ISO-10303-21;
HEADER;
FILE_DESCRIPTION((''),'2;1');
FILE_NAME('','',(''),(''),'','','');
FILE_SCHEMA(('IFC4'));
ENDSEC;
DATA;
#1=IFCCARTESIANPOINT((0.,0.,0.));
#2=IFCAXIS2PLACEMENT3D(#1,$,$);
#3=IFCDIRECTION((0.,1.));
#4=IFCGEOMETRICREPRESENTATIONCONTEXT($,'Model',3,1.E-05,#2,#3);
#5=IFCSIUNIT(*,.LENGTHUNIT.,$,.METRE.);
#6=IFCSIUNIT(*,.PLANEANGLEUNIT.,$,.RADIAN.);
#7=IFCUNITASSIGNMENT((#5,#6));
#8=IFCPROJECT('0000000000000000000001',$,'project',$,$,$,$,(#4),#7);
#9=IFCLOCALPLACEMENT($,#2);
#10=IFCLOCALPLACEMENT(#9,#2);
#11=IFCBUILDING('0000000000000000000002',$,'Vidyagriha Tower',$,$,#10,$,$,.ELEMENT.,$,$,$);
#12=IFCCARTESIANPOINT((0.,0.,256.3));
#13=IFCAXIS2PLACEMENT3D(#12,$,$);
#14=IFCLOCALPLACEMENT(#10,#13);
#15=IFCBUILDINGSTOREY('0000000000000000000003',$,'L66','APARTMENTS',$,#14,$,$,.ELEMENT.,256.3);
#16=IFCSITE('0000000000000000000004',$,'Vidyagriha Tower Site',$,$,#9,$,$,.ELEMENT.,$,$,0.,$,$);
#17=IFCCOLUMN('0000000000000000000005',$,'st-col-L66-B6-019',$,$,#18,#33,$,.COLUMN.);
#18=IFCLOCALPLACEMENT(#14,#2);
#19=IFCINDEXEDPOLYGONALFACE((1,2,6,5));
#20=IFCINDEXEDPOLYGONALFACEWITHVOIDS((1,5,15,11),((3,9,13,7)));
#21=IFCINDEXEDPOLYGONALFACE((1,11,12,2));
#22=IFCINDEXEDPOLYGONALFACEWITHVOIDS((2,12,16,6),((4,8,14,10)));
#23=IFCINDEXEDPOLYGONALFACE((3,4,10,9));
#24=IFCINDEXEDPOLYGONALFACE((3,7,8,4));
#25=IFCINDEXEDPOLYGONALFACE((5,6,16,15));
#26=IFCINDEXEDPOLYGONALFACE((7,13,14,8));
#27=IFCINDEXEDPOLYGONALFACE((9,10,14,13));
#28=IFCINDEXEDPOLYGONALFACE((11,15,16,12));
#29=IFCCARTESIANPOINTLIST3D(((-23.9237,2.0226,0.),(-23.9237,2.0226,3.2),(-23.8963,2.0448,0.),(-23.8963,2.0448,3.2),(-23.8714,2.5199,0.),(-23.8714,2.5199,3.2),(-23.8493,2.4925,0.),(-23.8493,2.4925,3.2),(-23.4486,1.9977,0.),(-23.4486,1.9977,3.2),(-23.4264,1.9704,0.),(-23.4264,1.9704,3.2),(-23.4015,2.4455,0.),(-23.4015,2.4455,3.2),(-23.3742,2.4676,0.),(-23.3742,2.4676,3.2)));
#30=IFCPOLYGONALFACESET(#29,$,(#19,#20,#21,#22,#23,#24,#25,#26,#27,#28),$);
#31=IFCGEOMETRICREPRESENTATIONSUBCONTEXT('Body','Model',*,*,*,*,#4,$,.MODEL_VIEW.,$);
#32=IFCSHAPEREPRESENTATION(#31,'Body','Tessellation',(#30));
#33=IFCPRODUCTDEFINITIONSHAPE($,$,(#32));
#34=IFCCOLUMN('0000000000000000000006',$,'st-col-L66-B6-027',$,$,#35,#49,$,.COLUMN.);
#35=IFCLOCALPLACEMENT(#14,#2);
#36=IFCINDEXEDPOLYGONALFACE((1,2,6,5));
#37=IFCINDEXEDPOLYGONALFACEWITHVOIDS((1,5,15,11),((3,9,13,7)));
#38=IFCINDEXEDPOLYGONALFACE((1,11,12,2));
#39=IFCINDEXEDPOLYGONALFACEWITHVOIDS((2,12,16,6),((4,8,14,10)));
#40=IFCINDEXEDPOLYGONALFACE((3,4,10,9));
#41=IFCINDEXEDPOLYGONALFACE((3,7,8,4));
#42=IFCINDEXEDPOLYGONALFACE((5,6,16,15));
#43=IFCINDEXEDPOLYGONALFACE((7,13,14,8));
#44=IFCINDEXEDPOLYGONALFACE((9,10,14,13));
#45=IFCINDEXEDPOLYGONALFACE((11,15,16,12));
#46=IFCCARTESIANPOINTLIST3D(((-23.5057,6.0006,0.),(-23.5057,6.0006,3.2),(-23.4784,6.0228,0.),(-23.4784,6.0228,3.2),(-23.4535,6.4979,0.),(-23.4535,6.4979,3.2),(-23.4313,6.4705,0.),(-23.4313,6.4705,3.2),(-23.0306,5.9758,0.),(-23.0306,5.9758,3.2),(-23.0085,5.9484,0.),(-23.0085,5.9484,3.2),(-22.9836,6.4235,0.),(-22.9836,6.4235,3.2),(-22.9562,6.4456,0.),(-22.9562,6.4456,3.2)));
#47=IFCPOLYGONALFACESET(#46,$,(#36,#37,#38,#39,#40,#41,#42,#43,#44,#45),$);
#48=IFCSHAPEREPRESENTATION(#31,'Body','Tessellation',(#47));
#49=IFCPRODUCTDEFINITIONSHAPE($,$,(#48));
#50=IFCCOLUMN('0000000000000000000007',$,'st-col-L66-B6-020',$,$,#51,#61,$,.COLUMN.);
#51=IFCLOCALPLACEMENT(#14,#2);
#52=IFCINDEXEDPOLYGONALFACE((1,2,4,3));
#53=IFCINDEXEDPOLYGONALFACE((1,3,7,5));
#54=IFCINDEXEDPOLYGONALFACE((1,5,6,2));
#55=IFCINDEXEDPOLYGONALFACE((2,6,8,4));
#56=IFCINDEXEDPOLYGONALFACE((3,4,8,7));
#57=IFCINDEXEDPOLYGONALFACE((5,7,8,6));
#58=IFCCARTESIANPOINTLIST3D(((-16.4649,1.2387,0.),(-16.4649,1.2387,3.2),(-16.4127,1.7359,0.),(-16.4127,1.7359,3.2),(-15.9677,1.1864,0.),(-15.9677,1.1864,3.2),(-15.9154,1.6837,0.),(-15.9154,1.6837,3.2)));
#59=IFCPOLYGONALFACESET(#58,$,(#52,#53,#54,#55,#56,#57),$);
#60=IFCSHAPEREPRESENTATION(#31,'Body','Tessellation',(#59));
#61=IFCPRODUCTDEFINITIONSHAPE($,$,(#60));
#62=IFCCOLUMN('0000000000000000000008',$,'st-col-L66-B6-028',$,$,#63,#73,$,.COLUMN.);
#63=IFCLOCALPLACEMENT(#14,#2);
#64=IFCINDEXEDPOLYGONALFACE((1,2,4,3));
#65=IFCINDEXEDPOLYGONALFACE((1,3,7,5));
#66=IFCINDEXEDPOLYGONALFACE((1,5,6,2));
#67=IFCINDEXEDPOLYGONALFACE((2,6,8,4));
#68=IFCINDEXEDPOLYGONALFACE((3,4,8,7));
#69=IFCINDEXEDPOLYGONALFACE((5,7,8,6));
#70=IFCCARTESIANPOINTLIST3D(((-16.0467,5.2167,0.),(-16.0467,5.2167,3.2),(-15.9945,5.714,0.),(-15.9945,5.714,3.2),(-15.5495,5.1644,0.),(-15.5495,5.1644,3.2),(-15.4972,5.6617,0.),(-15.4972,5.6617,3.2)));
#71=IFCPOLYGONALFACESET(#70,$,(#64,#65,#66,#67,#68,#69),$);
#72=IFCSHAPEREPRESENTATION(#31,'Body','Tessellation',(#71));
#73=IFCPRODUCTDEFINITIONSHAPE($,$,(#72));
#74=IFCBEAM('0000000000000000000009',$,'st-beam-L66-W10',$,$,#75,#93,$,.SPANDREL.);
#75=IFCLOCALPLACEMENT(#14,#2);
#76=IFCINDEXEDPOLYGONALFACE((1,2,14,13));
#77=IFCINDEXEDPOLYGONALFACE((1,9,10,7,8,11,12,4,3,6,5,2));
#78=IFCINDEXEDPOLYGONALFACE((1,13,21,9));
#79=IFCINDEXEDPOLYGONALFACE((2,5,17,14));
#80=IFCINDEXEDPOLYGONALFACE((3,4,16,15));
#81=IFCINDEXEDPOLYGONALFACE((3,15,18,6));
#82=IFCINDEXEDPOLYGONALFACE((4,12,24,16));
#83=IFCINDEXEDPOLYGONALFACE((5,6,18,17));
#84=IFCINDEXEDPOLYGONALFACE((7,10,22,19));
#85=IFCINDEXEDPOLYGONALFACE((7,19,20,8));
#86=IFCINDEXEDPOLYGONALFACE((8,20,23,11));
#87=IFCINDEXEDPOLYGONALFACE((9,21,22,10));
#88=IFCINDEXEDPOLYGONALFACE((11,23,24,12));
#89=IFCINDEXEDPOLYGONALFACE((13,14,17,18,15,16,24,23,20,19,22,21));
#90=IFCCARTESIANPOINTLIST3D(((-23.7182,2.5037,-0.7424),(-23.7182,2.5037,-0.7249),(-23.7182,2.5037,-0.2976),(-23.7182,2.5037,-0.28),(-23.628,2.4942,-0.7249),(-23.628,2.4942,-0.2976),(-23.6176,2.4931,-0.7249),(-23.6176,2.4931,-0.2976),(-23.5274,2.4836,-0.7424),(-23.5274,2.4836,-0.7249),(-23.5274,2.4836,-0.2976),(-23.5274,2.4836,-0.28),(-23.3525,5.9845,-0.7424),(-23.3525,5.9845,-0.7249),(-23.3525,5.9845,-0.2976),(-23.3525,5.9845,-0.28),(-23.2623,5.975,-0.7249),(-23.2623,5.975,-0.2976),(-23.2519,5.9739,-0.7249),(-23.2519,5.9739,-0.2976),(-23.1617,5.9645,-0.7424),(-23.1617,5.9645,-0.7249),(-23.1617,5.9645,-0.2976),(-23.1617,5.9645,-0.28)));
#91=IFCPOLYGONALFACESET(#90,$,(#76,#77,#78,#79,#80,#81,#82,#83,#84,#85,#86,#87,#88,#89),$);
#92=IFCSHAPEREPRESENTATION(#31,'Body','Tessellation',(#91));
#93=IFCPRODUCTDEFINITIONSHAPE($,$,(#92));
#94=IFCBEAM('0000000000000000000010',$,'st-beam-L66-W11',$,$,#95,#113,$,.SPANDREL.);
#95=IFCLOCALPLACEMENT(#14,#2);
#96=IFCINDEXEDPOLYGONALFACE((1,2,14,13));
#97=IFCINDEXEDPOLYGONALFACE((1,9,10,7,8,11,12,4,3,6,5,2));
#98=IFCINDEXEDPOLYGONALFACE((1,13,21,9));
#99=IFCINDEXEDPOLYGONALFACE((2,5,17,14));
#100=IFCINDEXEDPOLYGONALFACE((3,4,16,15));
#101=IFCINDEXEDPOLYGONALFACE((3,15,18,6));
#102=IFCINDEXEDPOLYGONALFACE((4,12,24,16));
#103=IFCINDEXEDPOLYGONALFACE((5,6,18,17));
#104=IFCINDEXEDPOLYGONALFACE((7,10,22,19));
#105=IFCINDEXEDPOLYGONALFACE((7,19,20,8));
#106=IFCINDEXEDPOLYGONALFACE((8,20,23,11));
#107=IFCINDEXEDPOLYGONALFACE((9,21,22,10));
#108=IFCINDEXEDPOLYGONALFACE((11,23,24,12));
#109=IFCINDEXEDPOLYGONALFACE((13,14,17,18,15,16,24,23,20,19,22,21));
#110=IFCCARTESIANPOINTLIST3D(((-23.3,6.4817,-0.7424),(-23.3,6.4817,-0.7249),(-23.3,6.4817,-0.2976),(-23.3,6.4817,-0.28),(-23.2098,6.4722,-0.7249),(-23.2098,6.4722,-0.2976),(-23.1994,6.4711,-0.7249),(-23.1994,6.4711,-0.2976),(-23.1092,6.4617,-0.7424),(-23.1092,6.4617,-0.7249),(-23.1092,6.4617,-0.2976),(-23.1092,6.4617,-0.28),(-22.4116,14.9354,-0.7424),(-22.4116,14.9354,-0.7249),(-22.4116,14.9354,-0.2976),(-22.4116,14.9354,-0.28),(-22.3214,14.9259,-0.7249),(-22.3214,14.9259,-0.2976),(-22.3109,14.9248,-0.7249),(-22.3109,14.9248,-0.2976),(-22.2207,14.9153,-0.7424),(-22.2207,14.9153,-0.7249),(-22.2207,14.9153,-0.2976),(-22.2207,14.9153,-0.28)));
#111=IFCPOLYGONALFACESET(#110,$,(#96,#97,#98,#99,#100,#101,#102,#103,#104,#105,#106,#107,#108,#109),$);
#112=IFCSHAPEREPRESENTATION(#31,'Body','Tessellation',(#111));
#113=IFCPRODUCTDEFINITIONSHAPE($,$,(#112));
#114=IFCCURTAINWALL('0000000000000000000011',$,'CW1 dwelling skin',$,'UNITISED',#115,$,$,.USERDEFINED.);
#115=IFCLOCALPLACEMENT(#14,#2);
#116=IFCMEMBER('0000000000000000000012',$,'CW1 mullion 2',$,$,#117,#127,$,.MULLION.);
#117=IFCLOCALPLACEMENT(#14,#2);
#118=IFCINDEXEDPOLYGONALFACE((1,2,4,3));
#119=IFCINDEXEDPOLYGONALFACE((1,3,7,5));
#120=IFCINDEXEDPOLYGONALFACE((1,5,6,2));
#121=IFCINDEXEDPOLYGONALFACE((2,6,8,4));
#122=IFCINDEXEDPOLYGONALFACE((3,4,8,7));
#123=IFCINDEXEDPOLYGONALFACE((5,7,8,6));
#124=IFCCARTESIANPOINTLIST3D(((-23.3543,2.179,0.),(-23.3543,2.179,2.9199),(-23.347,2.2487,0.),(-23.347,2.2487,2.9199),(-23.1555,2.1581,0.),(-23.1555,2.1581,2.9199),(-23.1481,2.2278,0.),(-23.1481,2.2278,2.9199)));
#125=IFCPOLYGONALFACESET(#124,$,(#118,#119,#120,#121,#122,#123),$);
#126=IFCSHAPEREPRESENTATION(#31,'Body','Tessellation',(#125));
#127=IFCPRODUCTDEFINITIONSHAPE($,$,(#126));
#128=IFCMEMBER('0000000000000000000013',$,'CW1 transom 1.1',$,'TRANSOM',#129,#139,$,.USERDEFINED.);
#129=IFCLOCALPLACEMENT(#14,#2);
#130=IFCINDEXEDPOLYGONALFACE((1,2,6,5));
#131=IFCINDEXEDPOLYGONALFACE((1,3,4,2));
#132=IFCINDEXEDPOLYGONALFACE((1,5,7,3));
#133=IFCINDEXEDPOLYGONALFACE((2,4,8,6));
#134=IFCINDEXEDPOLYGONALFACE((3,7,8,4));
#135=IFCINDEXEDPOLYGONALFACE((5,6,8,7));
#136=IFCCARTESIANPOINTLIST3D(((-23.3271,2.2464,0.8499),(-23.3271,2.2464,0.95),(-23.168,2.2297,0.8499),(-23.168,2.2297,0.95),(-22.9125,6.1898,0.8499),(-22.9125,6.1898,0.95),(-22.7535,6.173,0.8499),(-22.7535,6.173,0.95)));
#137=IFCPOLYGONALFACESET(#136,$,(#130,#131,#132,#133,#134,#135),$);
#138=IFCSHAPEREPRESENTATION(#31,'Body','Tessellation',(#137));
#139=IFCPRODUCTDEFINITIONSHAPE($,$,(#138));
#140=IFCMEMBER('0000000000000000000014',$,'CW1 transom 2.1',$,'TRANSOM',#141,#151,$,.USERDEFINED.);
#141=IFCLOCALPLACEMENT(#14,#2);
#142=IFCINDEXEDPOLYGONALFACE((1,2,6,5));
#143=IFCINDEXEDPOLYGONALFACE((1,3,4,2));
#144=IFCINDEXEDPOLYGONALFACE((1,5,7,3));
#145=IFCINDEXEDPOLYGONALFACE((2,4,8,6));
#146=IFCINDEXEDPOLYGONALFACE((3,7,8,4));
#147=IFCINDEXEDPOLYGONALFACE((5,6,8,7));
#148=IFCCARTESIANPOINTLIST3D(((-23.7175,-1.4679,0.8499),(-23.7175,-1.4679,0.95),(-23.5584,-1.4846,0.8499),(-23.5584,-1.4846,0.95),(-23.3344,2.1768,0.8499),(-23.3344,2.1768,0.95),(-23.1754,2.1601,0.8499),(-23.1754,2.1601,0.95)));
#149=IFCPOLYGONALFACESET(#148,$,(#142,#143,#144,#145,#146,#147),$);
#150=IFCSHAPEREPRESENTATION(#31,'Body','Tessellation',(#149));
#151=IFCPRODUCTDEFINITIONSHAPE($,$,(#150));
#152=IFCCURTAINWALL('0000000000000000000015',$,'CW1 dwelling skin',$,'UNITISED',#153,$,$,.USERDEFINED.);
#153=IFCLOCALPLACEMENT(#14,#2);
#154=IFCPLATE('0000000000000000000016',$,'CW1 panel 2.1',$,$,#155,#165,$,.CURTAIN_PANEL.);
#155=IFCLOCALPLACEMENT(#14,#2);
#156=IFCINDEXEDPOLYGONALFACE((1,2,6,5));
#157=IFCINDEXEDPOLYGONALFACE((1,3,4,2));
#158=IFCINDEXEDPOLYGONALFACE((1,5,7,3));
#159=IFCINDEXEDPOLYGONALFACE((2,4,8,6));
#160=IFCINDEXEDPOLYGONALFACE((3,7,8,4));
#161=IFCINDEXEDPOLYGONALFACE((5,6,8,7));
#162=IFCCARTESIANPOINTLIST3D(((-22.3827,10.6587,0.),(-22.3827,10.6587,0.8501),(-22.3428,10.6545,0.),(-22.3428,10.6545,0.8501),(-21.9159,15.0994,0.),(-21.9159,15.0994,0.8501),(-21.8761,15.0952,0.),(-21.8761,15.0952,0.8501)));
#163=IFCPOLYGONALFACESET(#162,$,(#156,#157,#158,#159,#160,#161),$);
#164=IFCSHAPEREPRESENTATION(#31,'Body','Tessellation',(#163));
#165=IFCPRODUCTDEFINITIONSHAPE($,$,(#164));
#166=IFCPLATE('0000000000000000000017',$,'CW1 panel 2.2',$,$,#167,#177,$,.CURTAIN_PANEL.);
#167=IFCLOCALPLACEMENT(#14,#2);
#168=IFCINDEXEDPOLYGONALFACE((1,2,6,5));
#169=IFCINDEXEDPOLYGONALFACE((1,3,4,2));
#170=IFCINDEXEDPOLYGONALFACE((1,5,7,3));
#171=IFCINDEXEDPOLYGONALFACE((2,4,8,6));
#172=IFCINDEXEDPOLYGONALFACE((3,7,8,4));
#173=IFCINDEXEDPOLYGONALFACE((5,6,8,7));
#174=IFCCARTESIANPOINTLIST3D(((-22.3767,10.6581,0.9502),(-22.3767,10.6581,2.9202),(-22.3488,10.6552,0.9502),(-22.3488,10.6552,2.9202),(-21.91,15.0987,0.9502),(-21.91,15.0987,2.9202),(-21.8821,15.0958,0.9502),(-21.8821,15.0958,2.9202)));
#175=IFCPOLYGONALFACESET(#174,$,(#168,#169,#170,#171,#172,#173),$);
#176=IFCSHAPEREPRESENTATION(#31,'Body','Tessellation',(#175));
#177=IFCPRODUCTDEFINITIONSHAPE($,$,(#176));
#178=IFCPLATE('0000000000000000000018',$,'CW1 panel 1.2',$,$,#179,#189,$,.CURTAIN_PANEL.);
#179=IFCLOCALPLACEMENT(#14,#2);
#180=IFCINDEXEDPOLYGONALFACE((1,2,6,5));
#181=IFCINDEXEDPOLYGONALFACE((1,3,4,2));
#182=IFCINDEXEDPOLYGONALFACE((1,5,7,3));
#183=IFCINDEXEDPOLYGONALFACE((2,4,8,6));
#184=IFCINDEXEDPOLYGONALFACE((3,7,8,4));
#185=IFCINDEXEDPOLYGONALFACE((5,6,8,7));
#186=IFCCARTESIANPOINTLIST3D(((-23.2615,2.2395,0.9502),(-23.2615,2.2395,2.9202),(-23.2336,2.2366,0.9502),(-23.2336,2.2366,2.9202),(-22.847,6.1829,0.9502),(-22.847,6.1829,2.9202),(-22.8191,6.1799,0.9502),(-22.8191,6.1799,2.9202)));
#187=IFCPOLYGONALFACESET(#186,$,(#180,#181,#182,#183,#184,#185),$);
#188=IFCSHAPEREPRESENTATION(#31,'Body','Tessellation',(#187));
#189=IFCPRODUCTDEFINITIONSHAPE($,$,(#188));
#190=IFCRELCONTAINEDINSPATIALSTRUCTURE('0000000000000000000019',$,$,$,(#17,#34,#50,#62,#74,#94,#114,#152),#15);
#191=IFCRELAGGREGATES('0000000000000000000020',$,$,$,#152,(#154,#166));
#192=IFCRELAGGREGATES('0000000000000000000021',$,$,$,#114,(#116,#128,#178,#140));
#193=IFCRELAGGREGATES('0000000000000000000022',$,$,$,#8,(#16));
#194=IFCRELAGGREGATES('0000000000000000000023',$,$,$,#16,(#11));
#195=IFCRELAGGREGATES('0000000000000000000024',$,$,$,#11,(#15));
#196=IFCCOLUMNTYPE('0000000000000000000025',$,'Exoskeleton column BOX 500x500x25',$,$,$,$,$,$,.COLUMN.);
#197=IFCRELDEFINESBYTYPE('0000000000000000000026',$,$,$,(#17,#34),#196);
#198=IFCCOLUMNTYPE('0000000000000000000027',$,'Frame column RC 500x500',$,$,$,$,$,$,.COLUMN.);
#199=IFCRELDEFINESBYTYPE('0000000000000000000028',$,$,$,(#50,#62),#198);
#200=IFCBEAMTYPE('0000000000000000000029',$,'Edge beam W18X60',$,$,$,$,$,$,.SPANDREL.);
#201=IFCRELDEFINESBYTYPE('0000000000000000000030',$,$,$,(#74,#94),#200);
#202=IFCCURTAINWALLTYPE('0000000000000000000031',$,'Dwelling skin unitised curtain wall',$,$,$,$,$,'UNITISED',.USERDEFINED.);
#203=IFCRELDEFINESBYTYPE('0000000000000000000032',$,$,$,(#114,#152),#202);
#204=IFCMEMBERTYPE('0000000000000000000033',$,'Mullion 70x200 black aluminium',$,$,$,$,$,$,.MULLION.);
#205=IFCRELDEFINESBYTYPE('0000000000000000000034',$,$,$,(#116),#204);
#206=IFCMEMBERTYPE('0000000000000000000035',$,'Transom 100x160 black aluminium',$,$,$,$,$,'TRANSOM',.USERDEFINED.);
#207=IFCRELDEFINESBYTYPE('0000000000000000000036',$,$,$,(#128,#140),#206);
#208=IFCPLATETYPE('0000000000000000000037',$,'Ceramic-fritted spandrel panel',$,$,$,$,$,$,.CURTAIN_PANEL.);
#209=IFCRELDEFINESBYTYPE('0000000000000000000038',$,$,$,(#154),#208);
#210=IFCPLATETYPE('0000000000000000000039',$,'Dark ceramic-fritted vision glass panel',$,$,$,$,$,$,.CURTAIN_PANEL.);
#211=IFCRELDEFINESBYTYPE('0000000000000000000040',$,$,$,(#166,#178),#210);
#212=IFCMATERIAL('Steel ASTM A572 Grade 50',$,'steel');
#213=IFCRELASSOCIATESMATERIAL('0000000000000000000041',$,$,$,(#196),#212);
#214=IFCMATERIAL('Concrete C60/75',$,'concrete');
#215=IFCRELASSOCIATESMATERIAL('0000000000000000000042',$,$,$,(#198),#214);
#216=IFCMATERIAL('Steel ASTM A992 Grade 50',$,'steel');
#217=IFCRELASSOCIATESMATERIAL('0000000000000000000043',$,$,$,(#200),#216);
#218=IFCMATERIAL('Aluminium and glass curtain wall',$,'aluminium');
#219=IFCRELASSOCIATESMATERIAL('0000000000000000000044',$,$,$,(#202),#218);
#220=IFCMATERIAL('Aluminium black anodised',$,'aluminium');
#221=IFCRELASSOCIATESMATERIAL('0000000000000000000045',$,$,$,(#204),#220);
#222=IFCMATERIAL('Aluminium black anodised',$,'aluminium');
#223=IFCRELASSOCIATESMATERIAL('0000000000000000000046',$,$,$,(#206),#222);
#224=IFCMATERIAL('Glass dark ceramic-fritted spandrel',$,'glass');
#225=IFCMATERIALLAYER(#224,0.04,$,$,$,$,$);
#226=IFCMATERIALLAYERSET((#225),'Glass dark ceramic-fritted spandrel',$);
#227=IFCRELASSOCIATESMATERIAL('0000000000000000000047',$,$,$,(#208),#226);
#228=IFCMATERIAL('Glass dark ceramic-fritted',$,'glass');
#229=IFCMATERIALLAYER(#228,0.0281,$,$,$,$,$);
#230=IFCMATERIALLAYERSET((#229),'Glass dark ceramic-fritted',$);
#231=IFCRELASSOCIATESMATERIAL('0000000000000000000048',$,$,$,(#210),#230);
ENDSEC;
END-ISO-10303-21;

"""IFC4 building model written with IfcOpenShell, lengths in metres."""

from ifc_helpers import new_model, si_unit, direction, frame, origin, origin_2d, place, context, subcontext, project, spatial, rectangle, hollow_rectangle, i_section, extrude, material, layer, layer_set, material_profile, profile_set, type_object, element, aggregate, save


model = new_model("IFC4")

# Units and contexts
model_context = context("Model", 3, precision=1e-05, world=origin(), true_north=direction((0.0, 1.0)))
body_context = subcontext(model_context, "Body", "Model", "MODEL_VIEW")
ifc_project = project(units=[si_unit("LENGTHUNIT", "METRE"), si_unit("PLANEANGLEUNIT", "RADIAN")], contexts=[model_context])

# Site, building, storey
site_placement = place(None, origin())
site = spatial("IfcSite", under=ifc_project, at=site_placement, Name="Vidyagriha Tower Site", CompositionType="ELEMENT", RefElevation=0.0)
building_placement = place(site_placement, origin())
building = spatial("IfcBuilding", under=site, at=building_placement, Name="Vidyagriha Tower", CompositionType="ELEMENT")
storey_placement = place(building_placement, frame((0.0, 0.0, 256.3)))
storey = spatial("IfcBuildingStorey", under=building, at=storey_placement, Name="L66", Description="APARTMENTS", CompositionType="ELEMENT", Elevation=256.3)

# Columns
ifc_material_1 = material(Name="Steel ASTM A572 Grade 50", Category="steel")
ifc_material_profile_1 = material_profile(ifc_material_1, hollow_rectangle(XDim=0.5, YDim=0.5, WallThickness=0.0249, at=origin_2d()), Name="BOX 500x500x25")
ifc_profile_set_1 = profile_set([ifc_material_profile_1], Name="Steel ASTM A572 Grade 50")
column_type_1 = type_object("IfcColumnType", Name="Exoskeleton column BOX 500x500x25", PredefinedType="COLUMN", material=ifc_profile_set_1)
for number, where, z_axis, x_axis, name in (
    (1, (-23.6489, 2.2451, 0.0), (0.0, 0.0, 1.0), (0.994522, -0.104528, 0.0), "st-col-L66-B6-019"),
    (2, (-23.231, 6.2231, 0.0), (0.0, 0.0, 1.0), (0.994522, -0.104528, 0.0), "st-col-L66-B6-027"),
):
    element("IfcColumn", number, at=place(storey_placement, frame(where, z_axis=z_axis, x_axis=x_axis)), inside=storey, type_object=column_type_1, Name=name, PredefinedType="COLUMN", context=body_context, shape_type="SweptSolid", body=[
        extrude(hollow_rectangle(XDim=0.5, YDim=0.5, WallThickness=0.0249, at=origin_2d()), origin(), (0.0, 0.0, 1.0), 3.2),
    ])
ifc_material_2 = material(Name="Concrete C60/75", Category="concrete")
ifc_material_profile_2 = material_profile(ifc_material_2, rectangle(XDim=0.5, YDim=0.5, at=origin_2d()), Name="RC 500x500")
ifc_profile_set_2 = profile_set([ifc_material_profile_2], Name="Concrete C60/75")
column_type_2 = type_object("IfcColumnType", Name="Frame column RC 500x500", PredefinedType="COLUMN", material=ifc_profile_set_2)
for number, where, z_axis, x_axis, name in (
    (3, (-16.1902, 1.4612, 0.0), (0.0, 0.0, 1.0), (0.994522, -0.104528, 0.0), "st-col-L66-B6-020"),
    (4, (-15.772, 5.4392, 0.0), (0.0, 0.0, 1.0), (0.994522, -0.104528, 0.0), "st-col-L66-B6-028"),
):
    element("IfcColumn", number, at=place(storey_placement, frame(where, z_axis=z_axis, x_axis=x_axis)), inside=storey, type_object=column_type_2, Name=name, PredefinedType="COLUMN", context=body_context, shape_type="SweptSolid", body=[
        extrude(rectangle(XDim=0.5, YDim=0.5, at=origin_2d()), origin(), (0.0, 0.0, 1.0), 3.2),
    ])

# Beams
ifc_material_3 = material(Name="Steel ASTM A992 Grade 50", Category="steel")
ifc_material_profile_3 = material_profile(ifc_material_3, i_section(OverallWidth=0.1919, OverallDepth=0.4624, WebThickness=0.0105, FlangeThickness=0.0176, at=origin_2d()), Name="W18X60")
ifc_profile_set_3 = profile_set([ifc_material_profile_3], Name="Steel ASTM A992 Grade 50")
beam_type = type_object("IfcBeamType", Name="Edge beam W18X60", PredefinedType="SPANDREL", material=ifc_profile_set_3)
beam_1_placement = place(storey_placement, frame((-23.6228, 2.4937, -0.5112), z_axis=(0.104489, 0.994526, 0.0), x_axis=(-0.994526, 0.104489, 0.0)))
element("IfcBeam", 5, at=beam_1_placement, inside=storey, type_object=beam_type, Name="st-beam-L66-W10", PredefinedType="SPANDREL", context=body_context, shape_type="SweptSolid", body=[
    extrude(i_section(OverallWidth=0.1919, OverallDepth=0.4624, WebThickness=0.0105, FlangeThickness=0.0176, at=origin_2d()), origin(), (0.0, 0.0, 1.0), 3.5),
])
beam_2_placement = place(storey_placement, frame((-23.2046, 6.4717, -0.5112), z_axis=(0.104519, 0.994523, 0.0), x_axis=(-0.994523, 0.104519, 0.0)))
element("IfcBeam", 6, at=beam_2_placement, inside=storey, type_object=beam_type, Name="st-beam-L66-W11", PredefinedType="SPANDREL", context=body_context, shape_type="SweptSolid", body=[
    extrude(i_section(OverallWidth=0.1919, OverallDepth=0.4624, WebThickness=0.0105, FlangeThickness=0.0176, at=origin_2d()), origin(), (0.0, 0.0, 1.0), 8.5002),
])

# Curtain wall, members
ifc_material_4 = material(Name="Aluminium and glass curtain wall", Category="aluminium")
curtain_wall_type = type_object("IfcCurtainWallType", Name="Dwelling skin unitised curtain wall", ElementType="UNITISED", PredefinedType="USERDEFINED", material=ifc_material_4)
curtain_wall_1_placement = place(storey_placement, origin())
curtain_wall_1 = element("IfcCurtainWall", 7, at=curtain_wall_1_placement, inside=storey, type_object=curtain_wall_type, Name="CW1 dwelling skin", ObjectType="UNITISED", PredefinedType="USERDEFINED")
ifc_material_5 = material(Name="Aluminium black anodised", Category="aluminium")
ifc_material_profile_4 = material_profile(ifc_material_5, rectangle(XDim=0.2, YDim=0.0701, at=origin_2d()), Name="Mullion 70x200 black aluminium")
ifc_profile_set_4 = profile_set([ifc_material_profile_4], Name="Aluminium black anodised")
member_type_1 = type_object("IfcMemberType", Name="Mullion 70x200 black aluminium", PredefinedType="MULLION", material=ifc_profile_set_4)
member_1_placement = place(storey_placement, frame((-23.2512, 2.2034, 0.0), z_axis=(0.0, 0.0, 1.0), x_axis=(0.994521, -0.104533, 0.0)))
member_1 = element("IfcMember", 8, at=member_1_placement, type_object=member_type_1, Name="CW1 mullion 2", PredefinedType="MULLION", context=body_context, shape_type="SweptSolid", body=[
    extrude(rectangle(XDim=0.2, YDim=0.0701, at=origin_2d()), origin(), (0.0, 0.0, 1.0), 2.9199),
])
ifc_material_6 = material(Name="Aluminium black anodised", Category="aluminium")
ifc_material_profile_5 = material_profile(ifc_material_6, rectangle(XDim=0.1599, YDim=0.1001, at=origin_2d()), Name="Transom 100x160 black aluminium")
ifc_profile_set_5 = profile_set([ifc_material_profile_5], Name="Aluminium black anodised")
member_type_2 = type_object("IfcMemberType", Name="Transom 100x160 black aluminium", ElementType="TRANSOM", PredefinedType="USERDEFINED", material=ifc_profile_set_5)
member_2_placement = place(storey_placement, frame((-22.833, 6.1814, 0.8999), z_axis=(-0.10455, -0.99452, 0.0), x_axis=(0.99452, -0.10455, 0.0)))
member_2 = element("IfcMember", 9, at=member_2_placement, type_object=member_type_2, Name="CW1 transom 1.1", ObjectType="TRANSOM", PredefinedType="USERDEFINED", context=body_context, shape_type="SweptSolid", body=[
    extrude(rectangle(XDim=0.1599, YDim=0.1001, at=origin_2d()), origin(), (0.0, 0.0, 1.0), 3.9651),
])
member_3_placement = place(storey_placement, frame((-23.2549, 2.1685, 0.8999), z_axis=(-0.104522, -0.994523, 0.0), x_axis=(0.994523, -0.104522, 0.0)))
member_3 = element("IfcMember", 10, at=member_3_placement, type_object=member_type_2, Name="CW1 transom 2.1", ObjectType="TRANSOM", PredefinedType="USERDEFINED", context=body_context, shape_type="SweptSolid", body=[
    extrude(rectangle(XDim=0.1599, YDim=0.1001, at=origin_2d()), origin(), (0.0, 0.0, 1.0), 3.6648),
])

# Curtain wall, plates
curtain_wall_2_placement = place(storey_placement, origin())
curtain_wall_2 = element("IfcCurtainWall", 11, at=curtain_wall_2_placement, inside=storey, type_object=curtain_wall_type, Name="CW1 dwelling skin", ObjectType="UNITISED", PredefinedType="USERDEFINED")
ifc_material_7 = material(Name="Glass dark ceramic-fritted spandrel", Category="glass")
ifc_layer_1 = layer(ifc_material_7, 0.04)
ifc_layer_set_1 = layer_set([ifc_layer_1], Name="Glass dark ceramic-fritted spandrel")
plate_type_1 = type_object("IfcPlateType", Name="Ceramic-fritted spandrel panel", PredefinedType="CURTAIN_PANEL", material=ifc_layer_set_1)
plate_1_placement = place(storey_placement, frame((-22.1294, 12.877, 0.0), z_axis=(0.0, 0.0, 1.0), x_axis=(-0.104525, -0.994522, 0.0)))
plate_1 = element("IfcPlate", 12, at=plate_1_placement, type_object=plate_type_1, Name="CW1 panel 2.1", PredefinedType="CURTAIN_PANEL", context=body_context, shape_type="SweptSolid", body=[
    extrude(rectangle(XDim=4.4651, YDim=0.04, at=origin_2d()), origin(), (0.0, 0.0, 1.0), 0.8501),
])
ifc_material_8 = material(Name="Glass dark ceramic-fritted", Category="glass")
ifc_layer_2 = layer(ifc_material_8, 0.0281)
ifc_layer_set_2 = layer_set([ifc_layer_2], Name="Glass dark ceramic-fritted")
plate_type_2 = type_object("IfcPlateType", Name="Dark ceramic-fritted vision glass panel", PredefinedType="CURTAIN_PANEL", material=ifc_layer_set_2)
plate_2_placement = place(storey_placement, frame((-22.1294, 12.877, 0.9502), z_axis=(0.0, 0.0, 1.0), x_axis=(-0.104525, -0.994522, 0.0)))
plate_2 = element("IfcPlate", 13, at=plate_2_placement, type_object=plate_type_2, Name="CW1 panel 2.2", PredefinedType="CURTAIN_PANEL", context=body_context, shape_type="SweptSolid", body=[
    extrude(rectangle(XDim=4.4651, YDim=0.0281, at=origin_2d()), origin(), (0.0, 0.0, 1.0), 1.97),
])
aggregate(curtain_wall_2, [plate_1, plate_2])

# Plate
plate_3_placement = place(storey_placement, frame((-23.0403, 4.2097, 0.9502), z_axis=(0.0, 0.0, 1.0), x_axis=(-0.104533, -0.994521, 0.0)))
plate_3 = element("IfcPlate", 14, at=plate_3_placement, type_object=plate_type_2, Name="CW1 panel 1.2", PredefinedType="CURTAIN_PANEL", context=body_context, shape_type="SweptSolid", body=[
    extrude(rectangle(XDim=3.9651, YDim=0.0281, at=origin_2d()), origin(), (0.0, 0.0, 1.0), 1.97),
])
aggregate(curtain_wall_1, [member_1, member_2, plate_3, member_3])

save(model, "model.ifc")
